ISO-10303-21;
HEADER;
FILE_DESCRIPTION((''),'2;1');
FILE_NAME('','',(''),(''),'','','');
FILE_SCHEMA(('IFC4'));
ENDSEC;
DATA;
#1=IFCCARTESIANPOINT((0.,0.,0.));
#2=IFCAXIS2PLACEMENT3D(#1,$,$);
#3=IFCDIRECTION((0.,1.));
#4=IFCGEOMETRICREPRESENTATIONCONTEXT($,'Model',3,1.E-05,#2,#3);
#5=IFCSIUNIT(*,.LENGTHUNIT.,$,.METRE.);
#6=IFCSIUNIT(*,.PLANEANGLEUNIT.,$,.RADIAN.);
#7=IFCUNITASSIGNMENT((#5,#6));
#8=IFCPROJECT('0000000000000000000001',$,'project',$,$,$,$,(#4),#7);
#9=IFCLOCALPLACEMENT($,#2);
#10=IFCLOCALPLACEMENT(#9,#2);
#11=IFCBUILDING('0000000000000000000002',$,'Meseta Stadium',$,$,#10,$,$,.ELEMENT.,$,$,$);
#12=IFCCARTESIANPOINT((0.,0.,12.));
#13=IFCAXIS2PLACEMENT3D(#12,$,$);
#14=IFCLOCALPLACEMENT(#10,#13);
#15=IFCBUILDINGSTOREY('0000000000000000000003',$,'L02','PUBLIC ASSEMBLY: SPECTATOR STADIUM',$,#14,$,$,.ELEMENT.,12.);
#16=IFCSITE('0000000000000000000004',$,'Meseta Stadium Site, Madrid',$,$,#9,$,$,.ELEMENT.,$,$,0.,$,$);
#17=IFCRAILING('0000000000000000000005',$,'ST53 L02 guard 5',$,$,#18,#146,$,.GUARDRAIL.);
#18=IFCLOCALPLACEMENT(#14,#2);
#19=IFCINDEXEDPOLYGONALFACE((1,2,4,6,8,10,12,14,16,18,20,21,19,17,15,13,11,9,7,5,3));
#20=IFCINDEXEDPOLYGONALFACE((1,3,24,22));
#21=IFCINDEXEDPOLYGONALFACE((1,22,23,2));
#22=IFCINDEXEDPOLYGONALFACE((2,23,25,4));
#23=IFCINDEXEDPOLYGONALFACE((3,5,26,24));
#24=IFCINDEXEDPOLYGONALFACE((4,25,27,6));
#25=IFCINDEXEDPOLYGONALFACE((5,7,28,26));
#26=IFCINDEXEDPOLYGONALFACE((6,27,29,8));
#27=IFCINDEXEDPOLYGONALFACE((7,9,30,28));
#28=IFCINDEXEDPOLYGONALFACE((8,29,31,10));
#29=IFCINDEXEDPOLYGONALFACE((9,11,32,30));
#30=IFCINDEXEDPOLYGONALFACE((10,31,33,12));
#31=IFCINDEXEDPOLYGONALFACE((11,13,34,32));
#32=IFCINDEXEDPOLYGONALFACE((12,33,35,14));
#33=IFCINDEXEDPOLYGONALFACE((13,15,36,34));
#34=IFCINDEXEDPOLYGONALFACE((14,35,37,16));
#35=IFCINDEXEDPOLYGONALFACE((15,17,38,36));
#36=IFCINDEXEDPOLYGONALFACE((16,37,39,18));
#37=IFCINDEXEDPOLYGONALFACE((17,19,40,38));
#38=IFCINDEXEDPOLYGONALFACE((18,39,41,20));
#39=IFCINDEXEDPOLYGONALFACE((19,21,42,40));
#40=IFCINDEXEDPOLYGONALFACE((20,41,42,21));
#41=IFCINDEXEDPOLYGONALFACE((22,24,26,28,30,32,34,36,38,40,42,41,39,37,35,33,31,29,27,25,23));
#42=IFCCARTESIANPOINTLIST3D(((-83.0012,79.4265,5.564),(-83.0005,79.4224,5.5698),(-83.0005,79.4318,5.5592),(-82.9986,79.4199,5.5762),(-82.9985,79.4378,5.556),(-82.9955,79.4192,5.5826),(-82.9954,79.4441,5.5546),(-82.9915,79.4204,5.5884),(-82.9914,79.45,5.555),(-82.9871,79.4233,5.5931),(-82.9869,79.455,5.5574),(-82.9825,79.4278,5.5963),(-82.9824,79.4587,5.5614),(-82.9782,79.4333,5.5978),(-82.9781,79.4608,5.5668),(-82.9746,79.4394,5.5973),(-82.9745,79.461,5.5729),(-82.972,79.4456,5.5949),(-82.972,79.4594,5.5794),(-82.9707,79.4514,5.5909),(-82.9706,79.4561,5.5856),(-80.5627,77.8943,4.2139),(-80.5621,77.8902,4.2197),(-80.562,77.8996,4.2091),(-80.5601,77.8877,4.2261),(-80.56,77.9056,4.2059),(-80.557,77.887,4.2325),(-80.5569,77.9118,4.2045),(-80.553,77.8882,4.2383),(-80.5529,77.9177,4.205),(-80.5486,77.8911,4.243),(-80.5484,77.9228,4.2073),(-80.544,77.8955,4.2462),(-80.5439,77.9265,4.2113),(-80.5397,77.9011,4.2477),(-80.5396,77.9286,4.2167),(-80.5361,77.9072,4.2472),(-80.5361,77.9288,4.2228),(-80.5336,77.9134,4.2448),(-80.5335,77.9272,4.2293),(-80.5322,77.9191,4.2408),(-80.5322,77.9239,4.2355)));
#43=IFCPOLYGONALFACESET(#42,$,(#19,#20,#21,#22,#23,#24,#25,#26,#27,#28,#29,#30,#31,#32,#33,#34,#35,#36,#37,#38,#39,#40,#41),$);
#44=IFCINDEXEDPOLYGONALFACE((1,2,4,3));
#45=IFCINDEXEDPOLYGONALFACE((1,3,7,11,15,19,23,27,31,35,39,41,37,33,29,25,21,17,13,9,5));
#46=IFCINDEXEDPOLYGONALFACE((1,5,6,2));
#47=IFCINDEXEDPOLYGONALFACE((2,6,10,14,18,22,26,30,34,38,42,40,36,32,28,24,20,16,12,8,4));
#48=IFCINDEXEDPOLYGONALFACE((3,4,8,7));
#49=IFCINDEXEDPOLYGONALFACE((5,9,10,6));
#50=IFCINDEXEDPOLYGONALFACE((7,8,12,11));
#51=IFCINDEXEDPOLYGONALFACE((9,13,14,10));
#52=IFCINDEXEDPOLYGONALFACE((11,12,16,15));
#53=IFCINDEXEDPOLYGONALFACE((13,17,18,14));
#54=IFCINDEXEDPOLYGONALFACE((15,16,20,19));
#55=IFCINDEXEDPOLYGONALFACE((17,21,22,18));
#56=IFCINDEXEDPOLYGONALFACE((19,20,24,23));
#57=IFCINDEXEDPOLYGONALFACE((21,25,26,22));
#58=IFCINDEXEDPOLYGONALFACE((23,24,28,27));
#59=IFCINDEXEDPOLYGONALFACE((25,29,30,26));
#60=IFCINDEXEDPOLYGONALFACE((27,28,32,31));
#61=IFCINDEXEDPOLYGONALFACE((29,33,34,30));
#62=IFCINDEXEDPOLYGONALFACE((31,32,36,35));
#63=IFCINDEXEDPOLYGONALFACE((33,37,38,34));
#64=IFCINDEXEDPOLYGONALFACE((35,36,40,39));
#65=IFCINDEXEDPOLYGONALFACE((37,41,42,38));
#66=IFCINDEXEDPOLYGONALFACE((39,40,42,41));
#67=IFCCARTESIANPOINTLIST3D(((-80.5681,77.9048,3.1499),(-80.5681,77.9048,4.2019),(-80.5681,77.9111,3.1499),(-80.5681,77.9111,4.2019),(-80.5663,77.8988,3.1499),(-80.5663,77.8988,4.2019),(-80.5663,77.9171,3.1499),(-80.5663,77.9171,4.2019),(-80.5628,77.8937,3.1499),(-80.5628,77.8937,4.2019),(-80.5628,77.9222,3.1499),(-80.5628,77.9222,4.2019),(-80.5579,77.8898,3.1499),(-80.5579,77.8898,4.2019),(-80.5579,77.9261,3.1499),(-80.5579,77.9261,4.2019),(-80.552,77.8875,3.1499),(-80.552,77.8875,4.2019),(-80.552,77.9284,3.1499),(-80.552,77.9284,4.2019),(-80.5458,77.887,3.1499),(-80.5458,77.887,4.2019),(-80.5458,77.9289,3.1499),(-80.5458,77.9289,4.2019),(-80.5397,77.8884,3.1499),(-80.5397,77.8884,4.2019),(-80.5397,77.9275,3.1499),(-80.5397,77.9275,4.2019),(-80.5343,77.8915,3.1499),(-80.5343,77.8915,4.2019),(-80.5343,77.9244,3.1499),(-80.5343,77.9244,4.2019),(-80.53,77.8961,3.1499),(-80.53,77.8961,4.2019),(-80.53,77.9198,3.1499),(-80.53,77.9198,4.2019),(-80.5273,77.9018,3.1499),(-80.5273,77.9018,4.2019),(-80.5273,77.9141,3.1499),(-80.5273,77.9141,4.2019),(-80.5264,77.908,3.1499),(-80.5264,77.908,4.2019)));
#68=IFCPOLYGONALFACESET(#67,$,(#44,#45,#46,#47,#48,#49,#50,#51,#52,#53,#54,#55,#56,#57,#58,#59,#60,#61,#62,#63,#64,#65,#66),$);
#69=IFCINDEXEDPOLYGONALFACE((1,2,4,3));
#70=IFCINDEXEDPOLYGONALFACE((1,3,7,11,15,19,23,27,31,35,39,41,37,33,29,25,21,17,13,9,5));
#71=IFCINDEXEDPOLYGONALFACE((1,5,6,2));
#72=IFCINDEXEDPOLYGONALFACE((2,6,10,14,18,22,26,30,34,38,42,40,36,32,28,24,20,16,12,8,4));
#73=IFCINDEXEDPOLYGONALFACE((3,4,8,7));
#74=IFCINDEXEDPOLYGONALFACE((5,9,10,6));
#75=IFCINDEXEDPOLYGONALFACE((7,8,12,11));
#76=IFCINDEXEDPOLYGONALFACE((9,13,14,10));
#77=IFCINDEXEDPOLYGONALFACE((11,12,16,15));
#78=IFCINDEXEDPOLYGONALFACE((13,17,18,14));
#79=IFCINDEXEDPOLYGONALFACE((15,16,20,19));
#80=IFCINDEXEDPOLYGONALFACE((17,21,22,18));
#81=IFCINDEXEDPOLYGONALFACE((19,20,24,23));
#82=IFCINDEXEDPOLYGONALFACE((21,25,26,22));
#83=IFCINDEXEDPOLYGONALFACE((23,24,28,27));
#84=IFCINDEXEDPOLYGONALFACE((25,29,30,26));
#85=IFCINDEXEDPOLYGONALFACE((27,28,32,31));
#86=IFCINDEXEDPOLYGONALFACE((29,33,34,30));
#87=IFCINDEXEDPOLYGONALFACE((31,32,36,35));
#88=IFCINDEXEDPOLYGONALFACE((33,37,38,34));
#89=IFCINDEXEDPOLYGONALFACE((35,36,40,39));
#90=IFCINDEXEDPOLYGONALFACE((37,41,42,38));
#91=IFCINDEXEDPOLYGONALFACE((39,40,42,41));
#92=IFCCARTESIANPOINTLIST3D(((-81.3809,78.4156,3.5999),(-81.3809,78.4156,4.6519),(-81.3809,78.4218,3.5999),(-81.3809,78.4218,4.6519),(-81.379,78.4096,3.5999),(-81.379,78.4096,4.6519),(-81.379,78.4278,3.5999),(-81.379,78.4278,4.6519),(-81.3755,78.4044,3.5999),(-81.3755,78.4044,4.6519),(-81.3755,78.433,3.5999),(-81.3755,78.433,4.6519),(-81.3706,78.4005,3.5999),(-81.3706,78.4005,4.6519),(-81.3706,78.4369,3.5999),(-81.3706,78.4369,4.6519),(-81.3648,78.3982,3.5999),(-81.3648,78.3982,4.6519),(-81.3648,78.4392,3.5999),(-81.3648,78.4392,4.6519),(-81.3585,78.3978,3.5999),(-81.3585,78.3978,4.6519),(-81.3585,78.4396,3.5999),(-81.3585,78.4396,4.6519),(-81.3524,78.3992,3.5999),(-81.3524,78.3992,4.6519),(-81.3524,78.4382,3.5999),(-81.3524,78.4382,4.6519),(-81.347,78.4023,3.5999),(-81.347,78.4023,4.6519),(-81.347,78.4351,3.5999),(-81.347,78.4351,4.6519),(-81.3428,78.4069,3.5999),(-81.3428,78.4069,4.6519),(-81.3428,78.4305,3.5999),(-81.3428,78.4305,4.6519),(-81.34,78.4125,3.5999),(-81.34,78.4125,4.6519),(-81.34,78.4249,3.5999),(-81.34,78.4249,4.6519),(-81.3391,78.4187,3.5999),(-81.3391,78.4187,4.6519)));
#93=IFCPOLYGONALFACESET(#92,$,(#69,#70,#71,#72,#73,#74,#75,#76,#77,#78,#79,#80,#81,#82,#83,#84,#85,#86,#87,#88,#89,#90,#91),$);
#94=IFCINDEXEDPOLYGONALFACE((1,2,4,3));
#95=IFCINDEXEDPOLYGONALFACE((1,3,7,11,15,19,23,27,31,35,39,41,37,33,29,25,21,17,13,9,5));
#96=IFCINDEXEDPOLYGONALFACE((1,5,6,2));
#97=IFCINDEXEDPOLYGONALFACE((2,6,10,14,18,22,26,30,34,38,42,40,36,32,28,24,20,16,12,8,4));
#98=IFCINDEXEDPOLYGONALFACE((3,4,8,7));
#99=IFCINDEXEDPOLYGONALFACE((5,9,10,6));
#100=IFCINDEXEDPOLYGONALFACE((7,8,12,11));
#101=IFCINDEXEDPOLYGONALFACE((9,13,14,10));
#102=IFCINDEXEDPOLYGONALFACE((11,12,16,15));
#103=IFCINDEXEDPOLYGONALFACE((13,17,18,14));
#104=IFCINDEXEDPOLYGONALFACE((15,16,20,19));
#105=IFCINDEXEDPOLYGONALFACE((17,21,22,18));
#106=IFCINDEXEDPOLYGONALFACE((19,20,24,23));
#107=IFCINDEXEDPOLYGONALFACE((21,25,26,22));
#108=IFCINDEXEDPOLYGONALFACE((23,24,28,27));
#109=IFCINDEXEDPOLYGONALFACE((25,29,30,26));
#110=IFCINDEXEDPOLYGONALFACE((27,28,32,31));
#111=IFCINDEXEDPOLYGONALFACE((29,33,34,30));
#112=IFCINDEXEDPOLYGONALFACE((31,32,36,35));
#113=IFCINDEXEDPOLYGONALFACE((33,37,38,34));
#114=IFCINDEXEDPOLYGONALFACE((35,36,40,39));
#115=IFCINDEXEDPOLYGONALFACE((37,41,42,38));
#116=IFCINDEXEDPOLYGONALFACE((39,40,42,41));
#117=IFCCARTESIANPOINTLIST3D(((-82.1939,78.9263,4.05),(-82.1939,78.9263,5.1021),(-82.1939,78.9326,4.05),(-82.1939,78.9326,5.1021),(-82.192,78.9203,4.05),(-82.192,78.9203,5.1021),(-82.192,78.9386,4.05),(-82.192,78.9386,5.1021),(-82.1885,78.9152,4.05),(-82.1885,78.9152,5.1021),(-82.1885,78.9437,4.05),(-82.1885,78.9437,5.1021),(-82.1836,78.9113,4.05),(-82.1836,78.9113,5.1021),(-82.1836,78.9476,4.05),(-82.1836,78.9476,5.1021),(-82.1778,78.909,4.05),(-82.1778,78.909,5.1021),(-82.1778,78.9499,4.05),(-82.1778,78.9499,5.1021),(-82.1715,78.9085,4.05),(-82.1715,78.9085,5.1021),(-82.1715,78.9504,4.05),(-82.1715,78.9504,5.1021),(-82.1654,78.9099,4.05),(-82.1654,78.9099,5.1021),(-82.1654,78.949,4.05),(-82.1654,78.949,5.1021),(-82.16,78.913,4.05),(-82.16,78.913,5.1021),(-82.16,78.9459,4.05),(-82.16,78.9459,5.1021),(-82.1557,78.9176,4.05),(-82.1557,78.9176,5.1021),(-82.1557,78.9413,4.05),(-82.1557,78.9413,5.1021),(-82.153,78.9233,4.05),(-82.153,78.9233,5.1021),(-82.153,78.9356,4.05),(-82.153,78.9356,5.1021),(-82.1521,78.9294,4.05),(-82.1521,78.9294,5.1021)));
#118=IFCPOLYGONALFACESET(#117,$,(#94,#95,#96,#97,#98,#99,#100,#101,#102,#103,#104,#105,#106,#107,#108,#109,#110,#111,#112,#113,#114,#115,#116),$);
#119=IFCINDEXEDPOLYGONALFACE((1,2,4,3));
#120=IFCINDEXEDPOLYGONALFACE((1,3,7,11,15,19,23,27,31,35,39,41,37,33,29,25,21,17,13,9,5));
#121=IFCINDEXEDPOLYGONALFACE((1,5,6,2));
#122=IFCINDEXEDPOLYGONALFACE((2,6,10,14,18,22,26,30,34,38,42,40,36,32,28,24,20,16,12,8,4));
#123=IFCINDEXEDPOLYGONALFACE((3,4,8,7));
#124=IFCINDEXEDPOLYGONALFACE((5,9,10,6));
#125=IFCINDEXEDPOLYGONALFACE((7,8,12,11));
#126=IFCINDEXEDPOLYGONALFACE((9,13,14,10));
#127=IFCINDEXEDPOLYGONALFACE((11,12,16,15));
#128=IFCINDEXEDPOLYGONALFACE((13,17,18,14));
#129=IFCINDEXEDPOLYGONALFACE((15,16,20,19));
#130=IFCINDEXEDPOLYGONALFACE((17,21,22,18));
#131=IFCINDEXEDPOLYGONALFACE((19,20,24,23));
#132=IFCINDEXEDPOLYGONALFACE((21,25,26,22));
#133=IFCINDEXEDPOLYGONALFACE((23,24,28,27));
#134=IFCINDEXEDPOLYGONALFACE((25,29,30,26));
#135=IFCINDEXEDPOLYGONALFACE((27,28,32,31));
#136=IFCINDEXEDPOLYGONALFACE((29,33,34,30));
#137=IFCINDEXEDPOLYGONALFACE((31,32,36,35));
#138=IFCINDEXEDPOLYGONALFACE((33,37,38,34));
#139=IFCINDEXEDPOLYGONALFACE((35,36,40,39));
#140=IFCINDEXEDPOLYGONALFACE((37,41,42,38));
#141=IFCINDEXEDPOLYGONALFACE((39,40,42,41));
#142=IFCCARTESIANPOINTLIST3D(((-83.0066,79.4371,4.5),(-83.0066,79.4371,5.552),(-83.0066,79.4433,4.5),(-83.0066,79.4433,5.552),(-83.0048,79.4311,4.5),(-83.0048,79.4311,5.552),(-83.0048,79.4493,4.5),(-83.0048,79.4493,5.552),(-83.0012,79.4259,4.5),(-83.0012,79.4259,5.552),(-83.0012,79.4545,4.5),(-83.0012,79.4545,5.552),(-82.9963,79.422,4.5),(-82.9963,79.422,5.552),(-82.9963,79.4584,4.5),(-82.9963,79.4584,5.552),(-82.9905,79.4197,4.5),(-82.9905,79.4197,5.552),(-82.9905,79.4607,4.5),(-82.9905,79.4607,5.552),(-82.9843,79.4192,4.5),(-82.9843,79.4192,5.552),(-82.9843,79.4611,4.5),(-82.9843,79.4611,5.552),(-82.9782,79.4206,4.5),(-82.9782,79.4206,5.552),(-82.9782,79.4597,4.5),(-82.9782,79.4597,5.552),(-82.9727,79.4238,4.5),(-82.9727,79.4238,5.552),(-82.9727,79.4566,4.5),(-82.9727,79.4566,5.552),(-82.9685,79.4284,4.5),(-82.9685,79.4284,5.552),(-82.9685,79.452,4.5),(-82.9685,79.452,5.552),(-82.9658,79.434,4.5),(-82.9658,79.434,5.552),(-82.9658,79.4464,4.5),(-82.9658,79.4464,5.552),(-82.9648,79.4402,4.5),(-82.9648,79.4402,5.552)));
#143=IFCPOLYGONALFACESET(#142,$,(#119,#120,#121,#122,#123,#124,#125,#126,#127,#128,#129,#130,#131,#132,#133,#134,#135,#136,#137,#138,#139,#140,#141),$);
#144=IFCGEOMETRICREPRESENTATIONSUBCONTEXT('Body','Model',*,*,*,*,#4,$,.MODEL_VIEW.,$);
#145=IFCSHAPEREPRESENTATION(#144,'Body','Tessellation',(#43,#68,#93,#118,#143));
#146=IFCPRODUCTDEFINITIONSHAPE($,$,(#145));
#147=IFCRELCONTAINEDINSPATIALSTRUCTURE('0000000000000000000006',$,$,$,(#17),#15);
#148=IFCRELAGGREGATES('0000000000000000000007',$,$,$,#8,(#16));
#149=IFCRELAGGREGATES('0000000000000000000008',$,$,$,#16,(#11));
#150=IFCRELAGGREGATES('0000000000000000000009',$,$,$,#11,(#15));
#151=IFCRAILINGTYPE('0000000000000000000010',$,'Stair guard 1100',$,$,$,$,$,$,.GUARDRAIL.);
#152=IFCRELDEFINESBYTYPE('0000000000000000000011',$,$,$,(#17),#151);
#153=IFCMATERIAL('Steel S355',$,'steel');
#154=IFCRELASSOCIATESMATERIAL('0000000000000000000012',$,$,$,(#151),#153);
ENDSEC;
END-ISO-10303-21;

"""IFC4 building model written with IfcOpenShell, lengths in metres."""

from ifc_helpers import new_model, si_unit, direction, frame, origin, origin_2d, place, context, subcontext, project, spatial, circle, extrude, material, type_object, element, save


model = new_model("IFC4")

# Units and contexts
model_context = context("Model", 3, precision=1e-05, world=origin(), true_north=direction((0.0, 1.0)))
body_context = subcontext(model_context, "Body", "Model", "MODEL_VIEW")
ifc_project = project(units=[si_unit("LENGTHUNIT", "METRE"), si_unit("PLANEANGLEUNIT", "RADIAN")], contexts=[model_context])

# Site, building, storey
site_placement = place(None, origin())
site = spatial("IfcSite", under=ifc_project, at=site_placement, Name="Meseta Stadium Site, Madrid", CompositionType="ELEMENT", RefElevation=0.0)
building_placement = place(site_placement, origin())
building = spatial("IfcBuilding", under=site, at=building_placement, Name="Meseta Stadium", CompositionType="ELEMENT")
storey_placement = place(building_placement, frame((0.0, 0.0, 12.0)))
storey = spatial("IfcBuildingStorey", under=building, at=storey_placement, Name="L02", Description="PUBLIC ASSEMBLY: SPECTATOR STADIUM", CompositionType="ELEMENT", Elevation=12.0)

# Railing
ifc_material_1 = material(Name="Steel S355", Category="steel")
railing_type_1 = type_object("IfcRailingType", Name="Stair guard 1100", PredefinedType="GUARDRAIL", material=ifc_material_1)
railing_1_placement = place(storey_placement, frame((-80.5474, 77.908, 3.1499)))
element("IfcRailing", 1, at=railing_1_placement, inside=storey, type_object=railing_type_1, Name="ST53 L02 guard 5", PredefinedType="GUARDRAIL", context=body_context, shape_type="SweptSolid", body=[
    extrude(circle(Radius=0.0239, at=origin_2d()), frame((0.0, 0.0, 1.0762), z_axis=(-0.766655, 0.481731, 0.42447), x_axis=(-0.53204, -0.846719, 0.0)), (0.0, 0.0, 1.0), 3.1807),
    extrude(circle(Radius=0.021, at=origin_2d()), origin(), (0.0, 0.0, 1.0), 1.052),
    extrude(circle(Radius=0.021, at=origin_2d()), frame((-0.8127, 0.5107, 0.45)), (0.0, 0.0, 1.0), 1.052),
    extrude(circle(Radius=0.021, at=origin_2d()), frame((-1.6257, 1.0215, 0.9001)), (0.0, 0.0, 1.0), 1.052),
    extrude(circle(Radius=0.021, at=origin_2d()), frame((-2.4385, 1.5322, 1.3501)), (0.0, 0.0, 1.0), 1.052),
])

save(model, "model.ifc")
